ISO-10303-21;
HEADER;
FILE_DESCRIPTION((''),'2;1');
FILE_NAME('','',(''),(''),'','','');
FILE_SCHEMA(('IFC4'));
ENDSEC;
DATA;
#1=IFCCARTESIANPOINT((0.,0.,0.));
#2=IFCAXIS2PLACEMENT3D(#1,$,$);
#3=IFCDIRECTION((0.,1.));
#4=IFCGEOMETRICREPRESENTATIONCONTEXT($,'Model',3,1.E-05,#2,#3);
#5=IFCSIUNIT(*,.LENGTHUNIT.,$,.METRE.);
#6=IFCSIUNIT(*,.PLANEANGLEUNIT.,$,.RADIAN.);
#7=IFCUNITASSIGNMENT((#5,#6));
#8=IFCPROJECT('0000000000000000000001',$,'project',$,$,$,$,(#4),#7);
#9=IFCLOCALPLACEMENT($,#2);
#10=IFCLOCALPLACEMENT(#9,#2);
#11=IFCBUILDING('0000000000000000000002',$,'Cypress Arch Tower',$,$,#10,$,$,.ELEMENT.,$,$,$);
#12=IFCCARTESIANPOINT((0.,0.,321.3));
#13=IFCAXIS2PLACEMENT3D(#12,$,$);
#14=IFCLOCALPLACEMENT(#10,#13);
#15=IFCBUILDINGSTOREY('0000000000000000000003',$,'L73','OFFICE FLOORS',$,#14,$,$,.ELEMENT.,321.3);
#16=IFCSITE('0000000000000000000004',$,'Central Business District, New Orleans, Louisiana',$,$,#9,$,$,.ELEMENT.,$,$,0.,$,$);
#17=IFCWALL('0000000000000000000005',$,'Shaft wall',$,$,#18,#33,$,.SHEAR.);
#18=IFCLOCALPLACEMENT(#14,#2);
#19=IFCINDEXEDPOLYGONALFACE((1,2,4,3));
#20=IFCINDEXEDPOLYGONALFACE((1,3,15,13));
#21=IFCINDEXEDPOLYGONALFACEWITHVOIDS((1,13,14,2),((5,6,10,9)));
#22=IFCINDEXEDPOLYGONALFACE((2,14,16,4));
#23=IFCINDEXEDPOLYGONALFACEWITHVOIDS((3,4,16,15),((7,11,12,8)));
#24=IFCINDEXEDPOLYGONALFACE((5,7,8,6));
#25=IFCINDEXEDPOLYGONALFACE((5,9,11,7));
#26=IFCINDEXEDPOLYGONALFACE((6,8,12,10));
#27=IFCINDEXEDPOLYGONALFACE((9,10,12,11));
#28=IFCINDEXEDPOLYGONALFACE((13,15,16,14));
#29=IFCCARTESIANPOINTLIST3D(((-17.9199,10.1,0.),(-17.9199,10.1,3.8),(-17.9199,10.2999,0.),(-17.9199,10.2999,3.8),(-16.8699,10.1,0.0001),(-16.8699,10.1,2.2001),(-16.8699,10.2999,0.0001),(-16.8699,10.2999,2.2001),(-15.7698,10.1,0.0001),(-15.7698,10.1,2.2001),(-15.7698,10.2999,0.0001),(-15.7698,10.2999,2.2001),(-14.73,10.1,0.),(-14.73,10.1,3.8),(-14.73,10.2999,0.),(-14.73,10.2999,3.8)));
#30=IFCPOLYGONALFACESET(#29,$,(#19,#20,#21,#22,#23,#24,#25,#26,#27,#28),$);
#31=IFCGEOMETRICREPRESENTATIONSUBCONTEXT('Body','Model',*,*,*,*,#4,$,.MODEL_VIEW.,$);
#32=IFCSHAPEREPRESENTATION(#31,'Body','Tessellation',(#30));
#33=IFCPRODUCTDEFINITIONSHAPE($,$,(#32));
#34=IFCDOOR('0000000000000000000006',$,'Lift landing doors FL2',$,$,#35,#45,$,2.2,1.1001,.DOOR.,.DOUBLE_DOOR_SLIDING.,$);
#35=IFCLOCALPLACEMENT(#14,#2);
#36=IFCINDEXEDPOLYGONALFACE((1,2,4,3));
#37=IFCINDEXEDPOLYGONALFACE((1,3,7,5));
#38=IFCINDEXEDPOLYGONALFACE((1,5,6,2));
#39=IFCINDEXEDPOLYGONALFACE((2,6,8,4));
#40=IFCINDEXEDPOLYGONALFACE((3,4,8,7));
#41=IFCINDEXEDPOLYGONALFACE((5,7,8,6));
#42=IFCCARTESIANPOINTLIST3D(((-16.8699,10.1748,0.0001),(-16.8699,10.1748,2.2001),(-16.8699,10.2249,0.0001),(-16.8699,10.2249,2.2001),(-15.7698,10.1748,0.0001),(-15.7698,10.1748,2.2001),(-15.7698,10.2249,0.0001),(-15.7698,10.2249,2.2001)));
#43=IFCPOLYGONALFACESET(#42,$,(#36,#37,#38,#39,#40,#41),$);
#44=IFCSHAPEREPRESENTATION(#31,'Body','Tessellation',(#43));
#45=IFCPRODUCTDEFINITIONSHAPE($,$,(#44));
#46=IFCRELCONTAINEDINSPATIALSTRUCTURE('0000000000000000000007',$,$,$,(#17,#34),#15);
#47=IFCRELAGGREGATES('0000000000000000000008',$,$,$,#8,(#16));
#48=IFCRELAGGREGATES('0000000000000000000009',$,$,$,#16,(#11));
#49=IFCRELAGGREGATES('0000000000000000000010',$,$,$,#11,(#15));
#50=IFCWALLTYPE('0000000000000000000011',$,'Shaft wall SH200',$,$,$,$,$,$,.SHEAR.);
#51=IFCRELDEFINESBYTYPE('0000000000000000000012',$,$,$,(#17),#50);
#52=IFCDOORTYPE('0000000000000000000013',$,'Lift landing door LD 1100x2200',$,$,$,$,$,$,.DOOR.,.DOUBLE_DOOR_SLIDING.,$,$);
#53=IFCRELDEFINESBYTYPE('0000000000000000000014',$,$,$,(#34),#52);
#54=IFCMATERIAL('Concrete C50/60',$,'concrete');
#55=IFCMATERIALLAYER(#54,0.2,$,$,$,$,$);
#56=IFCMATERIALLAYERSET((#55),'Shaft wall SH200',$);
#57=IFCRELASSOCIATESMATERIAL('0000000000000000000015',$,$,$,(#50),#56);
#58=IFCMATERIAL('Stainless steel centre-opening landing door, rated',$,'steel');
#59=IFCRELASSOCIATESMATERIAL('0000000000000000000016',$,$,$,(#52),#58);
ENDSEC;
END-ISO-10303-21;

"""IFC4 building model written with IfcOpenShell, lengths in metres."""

from ifc_helpers import new_model, si_unit, direction, frame, frame_2d, origin, place, context, subcontext, project, spatial, rectangle, extrude, material, layer, layer_set, type_object, element, fill, save


model = new_model("IFC4")

# Units and contexts
model_context = context("Model", 3, precision=1e-05, world=origin(), true_north=direction((0.0, 1.0)))
body_context = subcontext(model_context, "Body", "Model", "MODEL_VIEW")
ifc_project = project(units=[si_unit("LENGTHUNIT", "METRE"), si_unit("PLANEANGLEUNIT", "RADIAN")], contexts=[model_context])

# Site, building, storey
site_placement = place(None, origin())
site = spatial("IfcSite", under=ifc_project, at=site_placement, Name="Central Business District, New Orleans, Louisiana", CompositionType="ELEMENT", RefElevation=0.0)
building_placement = place(site_placement, origin())
building = spatial("IfcBuilding", under=site, at=building_placement, Name="Cypress Arch Tower", CompositionType="ELEMENT")
storey_placement = place(building_placement, frame((0.0, 0.0, 321.3)))
storey = spatial("IfcBuildingStorey", under=building, at=storey_placement, Name="L73", Description="OFFICE FLOORS", CompositionType="ELEMENT", Elevation=321.3)

# Wall, opening, door
ifc_material_1 = material(Name="Concrete C50/60", Category="concrete")
ifc_layer_1 = layer(ifc_material_1, 0.2)
ifc_layer_set_1 = layer_set([ifc_layer_1], Name="Shaft wall SH200")
wall_type_1 = type_object("IfcWallType", Name="Shaft wall SH200", PredefinedType="SHEAR", material=ifc_layer_set_1)
wall_1_placement = place(storey_placement, frame((-17.9199, 10.2, 0.0), z_axis=(0.0, 0.0, 1.0), x_axis=(1.0, 0.0, 0.0)))
wall_1 = element("IfcWall", 1, at=wall_1_placement, inside=storey, type_object=wall_type_1, Name="Shaft wall", PredefinedType="SHEAR", context=body_context, shape_type="SweptSolid", body=[
    extrude(rectangle(XDim=3.1899, YDim=0.2, at=frame_2d((1.595, 0.0))), origin(), (0.0, 0.0, 1.0), 3.8),
])
opening_1_placement = place(wall_1_placement, frame((1.05, 0.0, 0.0)))
opening_1 = element("IfcOpeningElement", 2, at=opening_1_placement, cuts=wall_1, PredefinedType="OPENING", context=body_context, shape_type="SweptSolid", body=[
    extrude(rectangle(XDim=1.1001, YDim=2.2, at=frame_2d((0.55, 1.1001))), frame((0.0, 0.1099, 0.0), z_axis=(0.0, -1.0, 0.0), x_axis=(1.0, 0.0, 0.0)), (0.0, 0.0, 1.0), 0.22),
])
ifc_material_2 = material(Name="Stainless steel centre-opening landing door, rated", Category="steel")
door_type = type_object("IfcDoorType", Name="Lift landing door LD 1100x2200", OperationType="DOUBLE_DOOR_SLIDING", PredefinedType="DOOR", material=ifc_material_2)
door_placement = place(opening_1_placement, origin())
door = element("IfcDoor", 3, at=door_placement, inside=storey, type_object=door_type, Name="Lift landing doors FL2", OperationType="DOUBLE_DOOR_SLIDING", OverallHeight=2.2, OverallWidth=1.1001, PredefinedType="DOOR", context=body_context, shape_type="SweptSolid", body=[
    extrude(rectangle(XDim=1.1001, YDim=2.2, at=frame_2d((0.55, 1.1001))), frame((0.0, 0.0249, 0.0), z_axis=(0.0, -1.0, 0.0), x_axis=(1.0, 0.0, 0.0)), (0.0, 0.0, 1.0), 0.05),
])
fill(opening_1, door)

save(model, "model.ifc")
